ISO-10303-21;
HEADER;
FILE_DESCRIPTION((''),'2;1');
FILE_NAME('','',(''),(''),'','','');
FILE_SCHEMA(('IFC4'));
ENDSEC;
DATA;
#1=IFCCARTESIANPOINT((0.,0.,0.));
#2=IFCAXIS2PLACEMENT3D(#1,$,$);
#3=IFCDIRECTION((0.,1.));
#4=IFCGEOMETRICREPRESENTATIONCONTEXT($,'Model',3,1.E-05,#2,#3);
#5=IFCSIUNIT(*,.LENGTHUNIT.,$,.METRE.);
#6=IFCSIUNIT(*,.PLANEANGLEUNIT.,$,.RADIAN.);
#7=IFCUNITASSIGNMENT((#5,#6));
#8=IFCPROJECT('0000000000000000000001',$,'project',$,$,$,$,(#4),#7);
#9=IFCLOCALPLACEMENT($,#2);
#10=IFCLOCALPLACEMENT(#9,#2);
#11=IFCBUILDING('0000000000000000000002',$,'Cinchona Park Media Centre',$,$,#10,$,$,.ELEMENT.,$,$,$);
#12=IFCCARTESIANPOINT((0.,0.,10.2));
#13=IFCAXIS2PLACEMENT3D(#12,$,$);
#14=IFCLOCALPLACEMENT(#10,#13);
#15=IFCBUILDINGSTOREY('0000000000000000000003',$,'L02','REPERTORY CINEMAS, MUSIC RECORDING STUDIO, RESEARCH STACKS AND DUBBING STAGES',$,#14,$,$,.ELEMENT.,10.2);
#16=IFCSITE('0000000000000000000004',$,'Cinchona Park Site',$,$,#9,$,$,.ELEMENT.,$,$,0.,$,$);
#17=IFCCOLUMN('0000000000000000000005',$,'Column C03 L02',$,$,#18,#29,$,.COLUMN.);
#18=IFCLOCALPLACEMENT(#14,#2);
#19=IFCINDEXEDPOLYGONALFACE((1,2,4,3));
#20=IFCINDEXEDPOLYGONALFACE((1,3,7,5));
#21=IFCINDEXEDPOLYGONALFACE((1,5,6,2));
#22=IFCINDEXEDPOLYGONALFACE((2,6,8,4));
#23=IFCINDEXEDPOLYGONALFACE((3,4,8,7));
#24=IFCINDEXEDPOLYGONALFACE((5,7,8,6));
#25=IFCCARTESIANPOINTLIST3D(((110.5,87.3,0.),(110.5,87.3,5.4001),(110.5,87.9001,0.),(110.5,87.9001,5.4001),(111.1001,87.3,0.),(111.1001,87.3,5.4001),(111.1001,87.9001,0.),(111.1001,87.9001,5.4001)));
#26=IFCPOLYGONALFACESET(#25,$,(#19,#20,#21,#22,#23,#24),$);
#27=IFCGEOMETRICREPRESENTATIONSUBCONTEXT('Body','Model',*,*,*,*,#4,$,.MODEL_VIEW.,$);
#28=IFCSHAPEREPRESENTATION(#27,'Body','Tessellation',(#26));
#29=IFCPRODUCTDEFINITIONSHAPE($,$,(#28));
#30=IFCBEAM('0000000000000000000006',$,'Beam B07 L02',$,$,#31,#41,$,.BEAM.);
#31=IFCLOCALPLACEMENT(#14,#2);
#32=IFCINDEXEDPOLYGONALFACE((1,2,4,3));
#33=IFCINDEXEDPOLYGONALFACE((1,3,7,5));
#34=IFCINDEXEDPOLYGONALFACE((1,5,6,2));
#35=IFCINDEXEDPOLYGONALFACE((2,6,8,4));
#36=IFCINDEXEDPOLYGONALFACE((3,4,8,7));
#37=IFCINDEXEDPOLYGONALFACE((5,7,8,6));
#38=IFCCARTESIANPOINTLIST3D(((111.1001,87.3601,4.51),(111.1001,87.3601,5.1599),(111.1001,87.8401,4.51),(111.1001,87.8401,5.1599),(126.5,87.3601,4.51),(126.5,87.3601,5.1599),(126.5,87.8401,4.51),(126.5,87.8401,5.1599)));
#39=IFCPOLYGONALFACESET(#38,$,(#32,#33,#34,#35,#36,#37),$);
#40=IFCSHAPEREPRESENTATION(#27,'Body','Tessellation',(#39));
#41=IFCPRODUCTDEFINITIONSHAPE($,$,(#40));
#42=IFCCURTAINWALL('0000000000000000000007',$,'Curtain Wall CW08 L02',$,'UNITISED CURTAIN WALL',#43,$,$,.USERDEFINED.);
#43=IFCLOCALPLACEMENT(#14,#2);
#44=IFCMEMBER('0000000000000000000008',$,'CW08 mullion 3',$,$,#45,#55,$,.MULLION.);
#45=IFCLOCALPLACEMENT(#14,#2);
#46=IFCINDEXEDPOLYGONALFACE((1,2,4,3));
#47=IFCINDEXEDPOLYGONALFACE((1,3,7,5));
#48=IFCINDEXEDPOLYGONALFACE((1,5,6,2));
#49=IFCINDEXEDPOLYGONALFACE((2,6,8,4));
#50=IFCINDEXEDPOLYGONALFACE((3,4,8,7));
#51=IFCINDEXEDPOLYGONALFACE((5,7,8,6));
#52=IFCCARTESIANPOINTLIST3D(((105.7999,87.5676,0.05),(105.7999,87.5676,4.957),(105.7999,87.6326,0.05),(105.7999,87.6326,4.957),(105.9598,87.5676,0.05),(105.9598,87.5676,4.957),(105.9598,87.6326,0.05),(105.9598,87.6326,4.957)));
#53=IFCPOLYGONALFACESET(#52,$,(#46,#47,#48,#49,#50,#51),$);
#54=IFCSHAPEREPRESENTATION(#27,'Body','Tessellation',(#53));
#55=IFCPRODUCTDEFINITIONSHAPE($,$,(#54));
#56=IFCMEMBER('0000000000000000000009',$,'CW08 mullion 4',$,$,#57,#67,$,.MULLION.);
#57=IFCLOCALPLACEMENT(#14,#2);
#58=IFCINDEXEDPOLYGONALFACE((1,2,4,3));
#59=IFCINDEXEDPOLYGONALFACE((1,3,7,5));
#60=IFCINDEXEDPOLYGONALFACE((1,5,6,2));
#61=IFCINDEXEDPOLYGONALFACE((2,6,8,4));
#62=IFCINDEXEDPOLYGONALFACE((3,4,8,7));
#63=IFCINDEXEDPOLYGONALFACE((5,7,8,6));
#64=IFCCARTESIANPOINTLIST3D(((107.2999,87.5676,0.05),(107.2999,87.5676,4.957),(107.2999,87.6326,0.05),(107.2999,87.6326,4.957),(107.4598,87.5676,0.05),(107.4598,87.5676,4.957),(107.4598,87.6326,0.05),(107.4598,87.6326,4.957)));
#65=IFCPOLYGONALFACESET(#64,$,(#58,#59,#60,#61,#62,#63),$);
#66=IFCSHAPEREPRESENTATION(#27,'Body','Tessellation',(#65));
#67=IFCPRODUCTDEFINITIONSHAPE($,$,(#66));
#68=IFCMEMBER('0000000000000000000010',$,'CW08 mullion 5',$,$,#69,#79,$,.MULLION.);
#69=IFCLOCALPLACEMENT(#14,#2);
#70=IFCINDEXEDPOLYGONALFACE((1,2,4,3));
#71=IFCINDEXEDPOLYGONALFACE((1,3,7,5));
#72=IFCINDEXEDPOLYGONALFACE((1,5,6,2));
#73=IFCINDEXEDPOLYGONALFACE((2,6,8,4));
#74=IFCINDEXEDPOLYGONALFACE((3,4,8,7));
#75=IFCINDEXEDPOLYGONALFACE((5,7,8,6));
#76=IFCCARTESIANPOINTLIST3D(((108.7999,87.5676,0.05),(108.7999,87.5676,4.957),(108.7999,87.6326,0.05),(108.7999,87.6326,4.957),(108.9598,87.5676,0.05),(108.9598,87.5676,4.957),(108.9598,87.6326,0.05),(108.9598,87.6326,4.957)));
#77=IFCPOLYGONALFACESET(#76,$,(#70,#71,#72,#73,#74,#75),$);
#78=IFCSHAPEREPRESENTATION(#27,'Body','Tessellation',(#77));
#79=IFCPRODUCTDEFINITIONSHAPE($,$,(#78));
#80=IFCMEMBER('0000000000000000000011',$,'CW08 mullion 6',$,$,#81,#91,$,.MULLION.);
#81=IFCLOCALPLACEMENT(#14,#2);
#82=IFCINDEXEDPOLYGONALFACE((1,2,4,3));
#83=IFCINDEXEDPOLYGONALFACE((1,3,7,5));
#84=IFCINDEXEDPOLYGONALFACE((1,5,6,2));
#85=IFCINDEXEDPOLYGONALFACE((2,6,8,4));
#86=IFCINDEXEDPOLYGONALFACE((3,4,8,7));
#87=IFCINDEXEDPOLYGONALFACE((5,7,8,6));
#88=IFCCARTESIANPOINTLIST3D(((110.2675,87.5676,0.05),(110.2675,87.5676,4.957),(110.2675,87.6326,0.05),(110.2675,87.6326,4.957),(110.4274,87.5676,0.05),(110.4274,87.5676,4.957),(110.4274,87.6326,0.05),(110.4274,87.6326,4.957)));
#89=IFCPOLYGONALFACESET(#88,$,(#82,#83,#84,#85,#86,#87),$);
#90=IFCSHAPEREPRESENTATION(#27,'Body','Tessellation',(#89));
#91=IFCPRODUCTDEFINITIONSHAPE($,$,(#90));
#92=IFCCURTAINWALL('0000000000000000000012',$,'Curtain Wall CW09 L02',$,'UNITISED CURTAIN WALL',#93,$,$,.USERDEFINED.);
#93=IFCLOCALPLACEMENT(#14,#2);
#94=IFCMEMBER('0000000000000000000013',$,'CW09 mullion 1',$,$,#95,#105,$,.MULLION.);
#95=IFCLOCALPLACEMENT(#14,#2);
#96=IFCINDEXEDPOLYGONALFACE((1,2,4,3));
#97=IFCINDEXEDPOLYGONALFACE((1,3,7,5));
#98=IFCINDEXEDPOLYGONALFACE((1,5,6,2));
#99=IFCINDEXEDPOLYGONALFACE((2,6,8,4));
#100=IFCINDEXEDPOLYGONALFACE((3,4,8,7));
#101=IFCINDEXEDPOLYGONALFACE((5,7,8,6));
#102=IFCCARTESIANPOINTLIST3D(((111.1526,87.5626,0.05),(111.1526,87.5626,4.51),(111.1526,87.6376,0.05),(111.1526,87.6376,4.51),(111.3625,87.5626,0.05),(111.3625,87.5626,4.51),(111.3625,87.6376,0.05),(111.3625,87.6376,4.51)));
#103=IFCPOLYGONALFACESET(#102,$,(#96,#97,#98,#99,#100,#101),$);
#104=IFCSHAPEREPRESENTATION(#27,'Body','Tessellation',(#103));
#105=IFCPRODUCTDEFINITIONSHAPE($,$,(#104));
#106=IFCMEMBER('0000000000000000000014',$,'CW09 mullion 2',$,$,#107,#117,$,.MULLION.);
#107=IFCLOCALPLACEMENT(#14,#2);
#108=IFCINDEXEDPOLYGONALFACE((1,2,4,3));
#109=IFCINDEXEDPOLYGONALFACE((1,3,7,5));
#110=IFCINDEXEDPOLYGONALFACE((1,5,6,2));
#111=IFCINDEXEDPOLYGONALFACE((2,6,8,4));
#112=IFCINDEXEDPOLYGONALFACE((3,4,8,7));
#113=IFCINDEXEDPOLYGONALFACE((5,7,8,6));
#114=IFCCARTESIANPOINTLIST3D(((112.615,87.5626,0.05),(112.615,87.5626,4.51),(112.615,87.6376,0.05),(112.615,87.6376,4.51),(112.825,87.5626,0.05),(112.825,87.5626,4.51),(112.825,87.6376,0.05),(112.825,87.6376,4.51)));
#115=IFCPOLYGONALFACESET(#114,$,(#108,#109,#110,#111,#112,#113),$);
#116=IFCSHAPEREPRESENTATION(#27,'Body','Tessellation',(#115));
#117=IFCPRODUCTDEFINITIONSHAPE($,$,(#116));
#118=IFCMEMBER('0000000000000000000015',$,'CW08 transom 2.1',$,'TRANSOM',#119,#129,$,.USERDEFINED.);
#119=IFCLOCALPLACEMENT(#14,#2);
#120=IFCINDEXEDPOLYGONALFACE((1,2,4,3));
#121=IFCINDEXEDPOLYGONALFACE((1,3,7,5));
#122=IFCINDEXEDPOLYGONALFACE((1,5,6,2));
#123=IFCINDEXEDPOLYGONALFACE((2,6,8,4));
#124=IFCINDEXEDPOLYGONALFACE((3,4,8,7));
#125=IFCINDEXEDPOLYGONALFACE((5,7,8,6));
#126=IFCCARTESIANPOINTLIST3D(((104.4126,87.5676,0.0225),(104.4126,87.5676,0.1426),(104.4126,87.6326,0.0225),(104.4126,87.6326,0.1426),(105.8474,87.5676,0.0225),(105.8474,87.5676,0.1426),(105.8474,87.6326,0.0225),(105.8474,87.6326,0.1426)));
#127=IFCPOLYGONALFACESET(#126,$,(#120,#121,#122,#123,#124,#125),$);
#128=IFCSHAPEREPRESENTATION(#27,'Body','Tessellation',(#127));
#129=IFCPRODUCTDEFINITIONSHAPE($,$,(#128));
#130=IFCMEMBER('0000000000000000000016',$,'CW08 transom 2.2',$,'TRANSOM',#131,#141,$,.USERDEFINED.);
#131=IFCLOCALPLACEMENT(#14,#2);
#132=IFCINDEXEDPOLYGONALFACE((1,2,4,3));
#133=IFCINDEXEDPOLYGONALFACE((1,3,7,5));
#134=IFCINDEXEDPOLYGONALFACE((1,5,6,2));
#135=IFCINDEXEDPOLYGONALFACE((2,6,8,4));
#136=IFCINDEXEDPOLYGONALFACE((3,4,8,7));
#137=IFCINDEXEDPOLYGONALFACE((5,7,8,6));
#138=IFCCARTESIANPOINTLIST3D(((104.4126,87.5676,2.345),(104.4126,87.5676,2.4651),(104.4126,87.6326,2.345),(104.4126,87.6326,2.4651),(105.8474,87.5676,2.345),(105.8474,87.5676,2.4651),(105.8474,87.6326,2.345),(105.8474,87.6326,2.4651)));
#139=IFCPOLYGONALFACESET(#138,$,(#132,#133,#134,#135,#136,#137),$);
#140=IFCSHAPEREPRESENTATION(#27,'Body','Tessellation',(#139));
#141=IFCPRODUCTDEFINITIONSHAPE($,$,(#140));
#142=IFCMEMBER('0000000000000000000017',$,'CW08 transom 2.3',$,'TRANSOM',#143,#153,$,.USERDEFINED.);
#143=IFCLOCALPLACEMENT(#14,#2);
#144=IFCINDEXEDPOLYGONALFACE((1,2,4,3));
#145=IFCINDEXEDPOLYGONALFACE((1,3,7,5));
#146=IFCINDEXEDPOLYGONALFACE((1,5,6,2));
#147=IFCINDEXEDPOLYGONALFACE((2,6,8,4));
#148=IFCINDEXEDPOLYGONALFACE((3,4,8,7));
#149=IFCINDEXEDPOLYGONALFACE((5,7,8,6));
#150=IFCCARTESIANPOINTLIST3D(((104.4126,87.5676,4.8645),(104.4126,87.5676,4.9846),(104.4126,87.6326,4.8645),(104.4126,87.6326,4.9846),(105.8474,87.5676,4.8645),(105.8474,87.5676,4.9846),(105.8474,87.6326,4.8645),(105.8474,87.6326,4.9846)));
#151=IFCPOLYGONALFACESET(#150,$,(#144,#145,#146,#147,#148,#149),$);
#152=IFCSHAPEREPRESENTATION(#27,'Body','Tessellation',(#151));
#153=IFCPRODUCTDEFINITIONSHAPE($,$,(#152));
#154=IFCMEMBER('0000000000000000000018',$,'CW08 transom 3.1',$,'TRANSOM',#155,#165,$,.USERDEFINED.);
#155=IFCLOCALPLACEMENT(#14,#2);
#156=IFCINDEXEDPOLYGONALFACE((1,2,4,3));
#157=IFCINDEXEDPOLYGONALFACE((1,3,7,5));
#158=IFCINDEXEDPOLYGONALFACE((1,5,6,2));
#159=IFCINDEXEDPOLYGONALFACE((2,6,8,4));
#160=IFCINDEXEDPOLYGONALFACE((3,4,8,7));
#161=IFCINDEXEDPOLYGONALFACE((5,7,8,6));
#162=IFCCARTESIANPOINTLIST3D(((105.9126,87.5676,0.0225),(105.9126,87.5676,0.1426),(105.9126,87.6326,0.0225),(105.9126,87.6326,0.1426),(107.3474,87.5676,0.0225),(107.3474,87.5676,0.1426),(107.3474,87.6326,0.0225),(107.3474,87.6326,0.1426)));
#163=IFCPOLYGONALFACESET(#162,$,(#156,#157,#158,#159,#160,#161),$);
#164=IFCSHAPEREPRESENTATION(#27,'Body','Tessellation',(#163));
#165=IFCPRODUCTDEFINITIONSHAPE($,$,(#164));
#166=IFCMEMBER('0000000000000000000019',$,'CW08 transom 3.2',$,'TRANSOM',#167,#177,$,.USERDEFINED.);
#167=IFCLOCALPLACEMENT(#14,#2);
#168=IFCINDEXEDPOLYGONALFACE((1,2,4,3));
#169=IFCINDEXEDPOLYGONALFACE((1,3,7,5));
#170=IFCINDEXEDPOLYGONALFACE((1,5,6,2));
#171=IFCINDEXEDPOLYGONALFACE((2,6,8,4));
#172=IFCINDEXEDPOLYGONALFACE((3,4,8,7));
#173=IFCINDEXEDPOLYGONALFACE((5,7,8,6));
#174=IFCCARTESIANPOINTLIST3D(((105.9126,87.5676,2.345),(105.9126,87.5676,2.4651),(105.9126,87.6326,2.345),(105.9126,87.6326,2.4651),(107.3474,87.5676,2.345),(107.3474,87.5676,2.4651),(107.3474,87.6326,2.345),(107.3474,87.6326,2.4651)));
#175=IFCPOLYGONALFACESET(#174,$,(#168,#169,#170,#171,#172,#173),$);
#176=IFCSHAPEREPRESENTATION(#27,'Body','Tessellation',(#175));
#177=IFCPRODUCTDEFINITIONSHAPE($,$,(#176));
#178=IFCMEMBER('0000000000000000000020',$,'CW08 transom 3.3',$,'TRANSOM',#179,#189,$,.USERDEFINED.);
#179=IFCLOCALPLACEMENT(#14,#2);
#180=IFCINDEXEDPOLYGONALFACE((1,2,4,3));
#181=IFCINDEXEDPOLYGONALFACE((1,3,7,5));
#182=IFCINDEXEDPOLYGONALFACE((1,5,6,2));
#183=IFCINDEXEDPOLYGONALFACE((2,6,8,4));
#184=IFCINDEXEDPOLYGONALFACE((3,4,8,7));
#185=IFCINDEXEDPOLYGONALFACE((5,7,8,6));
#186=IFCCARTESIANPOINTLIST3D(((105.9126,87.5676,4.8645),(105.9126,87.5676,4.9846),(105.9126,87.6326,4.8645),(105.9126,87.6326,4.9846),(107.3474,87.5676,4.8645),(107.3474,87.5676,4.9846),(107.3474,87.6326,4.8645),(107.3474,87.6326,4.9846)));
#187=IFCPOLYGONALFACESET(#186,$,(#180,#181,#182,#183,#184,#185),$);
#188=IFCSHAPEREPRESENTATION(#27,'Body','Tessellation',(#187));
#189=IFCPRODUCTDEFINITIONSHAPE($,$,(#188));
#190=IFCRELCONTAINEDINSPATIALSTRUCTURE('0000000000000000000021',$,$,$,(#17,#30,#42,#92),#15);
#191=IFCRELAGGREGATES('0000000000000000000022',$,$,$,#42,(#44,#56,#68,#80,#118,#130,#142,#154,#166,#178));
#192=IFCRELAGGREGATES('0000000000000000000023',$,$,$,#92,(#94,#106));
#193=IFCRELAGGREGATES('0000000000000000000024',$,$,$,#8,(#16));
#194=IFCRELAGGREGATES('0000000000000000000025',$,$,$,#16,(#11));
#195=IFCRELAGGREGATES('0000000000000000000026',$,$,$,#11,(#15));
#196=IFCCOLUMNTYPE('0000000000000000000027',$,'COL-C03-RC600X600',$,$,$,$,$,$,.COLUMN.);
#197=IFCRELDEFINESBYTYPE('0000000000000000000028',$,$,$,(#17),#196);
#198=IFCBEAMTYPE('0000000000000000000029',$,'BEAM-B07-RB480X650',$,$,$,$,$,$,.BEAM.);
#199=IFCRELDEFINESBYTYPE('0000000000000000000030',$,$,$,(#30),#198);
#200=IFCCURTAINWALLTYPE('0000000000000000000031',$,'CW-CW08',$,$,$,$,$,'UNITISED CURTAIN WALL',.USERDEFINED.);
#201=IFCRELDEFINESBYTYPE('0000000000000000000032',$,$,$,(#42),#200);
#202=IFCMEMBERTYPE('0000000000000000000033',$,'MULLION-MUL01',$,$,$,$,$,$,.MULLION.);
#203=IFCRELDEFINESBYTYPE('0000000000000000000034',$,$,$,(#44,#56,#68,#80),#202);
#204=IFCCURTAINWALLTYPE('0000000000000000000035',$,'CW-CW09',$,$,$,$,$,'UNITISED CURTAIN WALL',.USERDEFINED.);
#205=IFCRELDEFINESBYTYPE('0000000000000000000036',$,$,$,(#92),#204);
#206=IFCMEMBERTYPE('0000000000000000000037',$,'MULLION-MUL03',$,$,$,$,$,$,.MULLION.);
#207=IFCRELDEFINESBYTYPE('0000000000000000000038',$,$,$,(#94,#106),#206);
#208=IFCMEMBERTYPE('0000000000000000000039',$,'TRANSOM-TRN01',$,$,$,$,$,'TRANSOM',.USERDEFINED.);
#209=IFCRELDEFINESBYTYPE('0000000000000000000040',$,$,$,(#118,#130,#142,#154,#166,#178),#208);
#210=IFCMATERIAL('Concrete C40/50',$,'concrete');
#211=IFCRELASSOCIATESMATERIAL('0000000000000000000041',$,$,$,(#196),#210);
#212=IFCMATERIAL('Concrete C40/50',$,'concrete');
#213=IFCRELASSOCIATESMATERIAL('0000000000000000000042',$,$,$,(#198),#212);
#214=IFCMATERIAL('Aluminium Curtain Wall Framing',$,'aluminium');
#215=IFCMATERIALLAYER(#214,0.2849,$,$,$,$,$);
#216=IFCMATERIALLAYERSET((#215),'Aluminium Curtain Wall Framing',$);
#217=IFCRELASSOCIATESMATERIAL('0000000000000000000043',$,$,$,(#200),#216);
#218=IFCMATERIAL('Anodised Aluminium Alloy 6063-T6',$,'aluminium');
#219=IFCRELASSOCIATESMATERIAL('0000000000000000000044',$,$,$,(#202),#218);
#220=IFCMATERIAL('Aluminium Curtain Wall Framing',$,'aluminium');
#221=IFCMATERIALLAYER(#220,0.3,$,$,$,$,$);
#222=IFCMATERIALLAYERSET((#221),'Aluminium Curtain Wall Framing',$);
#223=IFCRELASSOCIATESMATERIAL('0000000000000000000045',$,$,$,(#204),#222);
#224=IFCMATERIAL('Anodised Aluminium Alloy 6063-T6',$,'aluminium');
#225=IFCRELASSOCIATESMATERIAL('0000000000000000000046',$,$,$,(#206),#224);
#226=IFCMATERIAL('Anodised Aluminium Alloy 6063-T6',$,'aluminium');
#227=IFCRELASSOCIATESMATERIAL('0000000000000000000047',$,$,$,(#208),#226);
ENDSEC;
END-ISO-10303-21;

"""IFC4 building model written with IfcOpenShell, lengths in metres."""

from ifc_helpers import new_model, si_unit, direction, frame, origin, origin_2d, place, context, subcontext, project, spatial, rectangle, extrude, material, layer, layer_set, material_profile, profile_set, type_object, element, aggregate, save


model = new_model("IFC4")

# Units and contexts
model_context = context("Model", 3, precision=1e-05, world=origin(), true_north=direction((0.0, 1.0)))
body_context = subcontext(model_context, "Body", "Model", "MODEL_VIEW")
ifc_project = project(units=[si_unit("LENGTHUNIT", "METRE"), si_unit("PLANEANGLEUNIT", "RADIAN")], contexts=[model_context])

# Site, building, storey
site_placement = place(None, origin())
site = spatial("IfcSite", under=ifc_project, at=site_placement, Name="Cinchona Park Site", CompositionType="ELEMENT", RefElevation=0.0)
building_placement = place(site_placement, origin())
building = spatial("IfcBuilding", under=site, at=building_placement, Name="Cinchona Park Media Centre", CompositionType="ELEMENT")
storey_placement = place(building_placement, frame((0.0, 0.0, 10.2)))
storey = spatial("IfcBuildingStorey", under=building, at=storey_placement, Name="L02", Description="REPERTORY CINEMAS, MUSIC RECORDING STUDIO, RESEARCH STACKS AND DUBBING STAGES", CompositionType="ELEMENT", Elevation=10.2)

# Column
ifc_material_1 = material(Name="Concrete C40/50", Category="concrete")
ifc_material_profile_1 = material_profile(ifc_material_1, rectangle(XDim=0.6001, YDim=0.6001, at=origin_2d()), Name="RC 600X600")
ifc_profile_set_1 = profile_set([ifc_material_profile_1], Name="Concrete C40/50")
column_type = type_object("IfcColumnType", Name="COL-C03-RC600X600", PredefinedType="COLUMN", material=ifc_profile_set_1)
column_placement = place(storey_placement, frame((110.8, 87.6001, 0.0), z_axis=(0.0, 0.0, 1.0), x_axis=(1.0, 0.0, 0.0)))
element("IfcColumn", 1, at=column_placement, inside=storey, type_object=column_type, Name="Column C03 L02", PredefinedType="COLUMN", context=body_context, shape_type="SweptSolid", body=[
    extrude(rectangle(XDim=0.6001, YDim=0.6001, at=origin_2d()), origin(), (0.0, 0.0, 1.0), 5.4001),
])

# Beam
ifc_material_2 = material(Name="Concrete C40/50", Category="concrete")
ifc_material_profile_2 = material_profile(ifc_material_2, rectangle(XDim=0.48, YDim=0.6499, at=origin_2d()), Name="RB 480X650")
ifc_profile_set_2 = profile_set([ifc_material_profile_2], Name="Concrete C40/50")
beam_type = type_object("IfcBeamType", Name="BEAM-B07-RB480X650", PredefinedType="BEAM", material=ifc_profile_set_2)
beam_placement = place(storey_placement, frame((111.1001, 87.6001, 4.835), z_axis=(1.0, 0.0, 0.0), x_axis=(0.0, 1.0, 0.0)))
element("IfcBeam", 2, at=beam_placement, inside=storey, type_object=beam_type, Name="Beam B07 L02", PredefinedType="BEAM", context=body_context, shape_type="SweptSolid", body=[
    extrude(rectangle(XDim=0.48, YDim=0.6499, at=origin_2d()), origin(), (0.0, 0.0, 1.0), 15.3999),
])

# Curtain walls, members
ifc_material_3 = material(Name="Aluminium Curtain Wall Framing", Category="aluminium")
ifc_layer_1 = layer(ifc_material_3, 0.2849)
ifc_layer_set_1 = layer_set([ifc_layer_1], Name="Aluminium Curtain Wall Framing")
curtain_wall_type_1 = type_object("IfcCurtainWallType", Name="CW-CW08", ElementType="UNITISED CURTAIN WALL", PredefinedType="USERDEFINED", material=ifc_layer_set_1)
curtain_wall_1_placement = place(storey_placement, origin())
curtain_wall_1 = element("IfcCurtainWall", 3, at=curtain_wall_1_placement, inside=storey, type_object=curtain_wall_type_1, Name="Curtain Wall CW08 L02", ObjectType="UNITISED CURTAIN WALL", PredefinedType="USERDEFINED")
ifc_material_4 = material(Name="Anodised Aluminium Alloy 6063-T6", Category="aluminium")
ifc_material_profile_3 = material_profile(ifc_material_4, rectangle(XDim=0.0649, YDim=0.1599, at=origin_2d()), Name="MUL-65X160")
ifc_profile_set_3 = profile_set([ifc_material_profile_3], Name="Anodised Aluminium Alloy 6063-T6")
member_type_1 = type_object("IfcMemberType", Name="MULLION-MUL01", PredefinedType="MULLION", material=ifc_profile_set_3)
member_1_placement = place(storey_placement, frame((105.8799, 87.6001, 0.05), z_axis=(0.0, 0.0, 1.0), x_axis=(0.0, 1.0, 0.0)))
member_1 = element("IfcMember", 4, at=member_1_placement, type_object=member_type_1, Name="CW08 mullion 3", PredefinedType="MULLION", context=body_context, shape_type="SweptSolid", body=[
    extrude(rectangle(XDim=0.0649, YDim=0.1599, at=origin_2d()), origin(), (0.0, 0.0, 1.0), 4.907),
])
member_2_placement = place(storey_placement, frame((107.3799, 87.6001, 0.05), z_axis=(0.0, 0.0, 1.0), x_axis=(0.0, 1.0, 0.0)))
member_2 = element("IfcMember", 5, at=member_2_placement, type_object=member_type_1, Name="CW08 mullion 4", PredefinedType="MULLION", context=body_context, shape_type="SweptSolid", body=[
    extrude(rectangle(XDim=0.0649, YDim=0.1599, at=origin_2d()), origin(), (0.0, 0.0, 1.0), 4.907),
])
member_3_placement = place(storey_placement, frame((108.8799, 87.6001, 0.05), z_axis=(0.0, 0.0, 1.0), x_axis=(0.0, 1.0, 0.0)))
member_3 = element("IfcMember", 6, at=member_3_placement, type_object=member_type_1, Name="CW08 mullion 5", PredefinedType="MULLION", context=body_context, shape_type="SweptSolid", body=[
    extrude(rectangle(XDim=0.0649, YDim=0.1599, at=origin_2d()), origin(), (0.0, 0.0, 1.0), 4.907),
])
member_4_placement = place(storey_placement, frame((110.3474, 87.6001, 0.05), z_axis=(0.0, 0.0, 1.0), x_axis=(0.0, 1.0, 0.0)))
member_4 = element("IfcMember", 7, at=member_4_placement, type_object=member_type_1, Name="CW08 mullion 6", PredefinedType="MULLION", context=body_context, shape_type="SweptSolid", body=[
    extrude(rectangle(XDim=0.0649, YDim=0.1599, at=origin_2d()), origin(), (0.0, 0.0, 1.0), 4.907),
])
ifc_material_5 = material(Name="Aluminium Curtain Wall Framing", Category="aluminium")
ifc_layer_2 = layer(ifc_material_5, 0.3)
ifc_layer_set_2 = layer_set([ifc_layer_2], Name="Aluminium Curtain Wall Framing")
curtain_wall_type_2 = type_object("IfcCurtainWallType", Name="CW-CW09", ElementType="UNITISED CURTAIN WALL", PredefinedType="USERDEFINED", material=ifc_layer_set_2)
curtain_wall_2_placement = place(storey_placement, origin())
curtain_wall_2 = element("IfcCurtainWall", 8, at=curtain_wall_2_placement, inside=storey, type_object=curtain_wall_type_2, Name="Curtain Wall CW09 L02", ObjectType="UNITISED CURTAIN WALL", PredefinedType="USERDEFINED")
ifc_material_6 = material(Name="Anodised Aluminium Alloy 6063-T6", Category="aluminium")
ifc_material_profile_4 = material_profile(ifc_material_6, rectangle(XDim=0.075, YDim=0.21, at=origin_2d()), Name="MUL-75X210")
ifc_profile_set_4 = profile_set([ifc_material_profile_4], Name="Anodised Aluminium Alloy 6063-T6")
member_type_2 = type_object("IfcMemberType", Name="MULLION-MUL03", PredefinedType="MULLION", material=ifc_profile_set_4)
member_5_placement = place(storey_placement, frame((111.2576, 87.6001, 0.05), z_axis=(0.0, 0.0, 1.0), x_axis=(0.0, 1.0, 0.0)))
member_5 = element("IfcMember", 9, at=member_5_placement, type_object=member_type_2, Name="CW09 mullion 1", PredefinedType="MULLION", context=body_context, shape_type="SweptSolid", body=[
    extrude(rectangle(XDim=0.075, YDim=0.21, at=origin_2d()), origin(), (0.0, 0.0, 1.0), 4.46),
])
member_6_placement = place(storey_placement, frame((112.72, 87.6001, 0.05), z_axis=(0.0, 0.0, 1.0), x_axis=(0.0, 1.0, 0.0)))
member_6 = element("IfcMember", 10, at=member_6_placement, type_object=member_type_2, Name="CW09 mullion 2", PredefinedType="MULLION", context=body_context, shape_type="SweptSolid", body=[
    extrude(rectangle(XDim=0.075, YDim=0.21, at=origin_2d()), origin(), (0.0, 0.0, 1.0), 4.46),
])

# Members
ifc_material_7 = material(Name="Anodised Aluminium Alloy 6063-T6", Category="aluminium")
ifc_material_profile_5 = material_profile(ifc_material_7, rectangle(XDim=0.0649, YDim=0.1201, at=origin_2d()), Name="TRN-65X120")
ifc_profile_set_5 = profile_set([ifc_material_profile_5], Name="Anodised Aluminium Alloy 6063-T6")
member_type_3 = type_object("IfcMemberType", Name="TRANSOM-TRN01", ElementType="TRANSOM", PredefinedType="USERDEFINED", material=ifc_profile_set_5)
member_7_placement = place(storey_placement, frame((104.4126, 87.6001, 0.0825), z_axis=(1.0, 0.0, 0.0), x_axis=(0.0, 1.0, 0.0)))
member_7 = element("IfcMember", 11, at=member_7_placement, type_object=member_type_3, Name="CW08 transom 2.1", ObjectType="TRANSOM", PredefinedType="USERDEFINED", context=body_context, shape_type="SweptSolid", body=[
    extrude(rectangle(XDim=0.0649, YDim=0.1201, at=origin_2d()), origin(), (0.0, 0.0, 1.0), 1.4348),
])
member_8_placement = place(storey_placement, frame((104.4126, 87.6001, 2.405), z_axis=(1.0, 0.0, 0.0), x_axis=(0.0, 1.0, 0.0)))
member_8 = element("IfcMember", 12, at=member_8_placement, type_object=member_type_3, Name="CW08 transom 2.2", ObjectType="TRANSOM", PredefinedType="USERDEFINED", context=body_context, shape_type="SweptSolid", body=[
    extrude(rectangle(XDim=0.0649, YDim=0.1201, at=origin_2d()), origin(), (0.0, 0.0, 1.0), 1.4348),
])
member_9_placement = place(storey_placement, frame((104.4126, 87.6001, 4.9246), z_axis=(1.0, 0.0, 0.0), x_axis=(0.0, 1.0, 0.0)))
member_9 = element("IfcMember", 13, at=member_9_placement, type_object=member_type_3, Name="CW08 transom 2.3", ObjectType="TRANSOM", PredefinedType="USERDEFINED", context=body_context, shape_type="SweptSolid", body=[
    extrude(rectangle(XDim=0.0649, YDim=0.1201, at=origin_2d()), origin(), (0.0, 0.0, 1.0), 1.4348),
])
member_10_placement = place(storey_placement, frame((105.9126, 87.6001, 0.0825), z_axis=(1.0, 0.0, 0.0), x_axis=(0.0, 1.0, 0.0)))
member_10 = element("IfcMember", 14, at=member_10_placement, type_object=member_type_3, Name="CW08 transom 3.1", ObjectType="TRANSOM", PredefinedType="USERDEFINED", context=body_context, shape_type="SweptSolid", body=[
    extrude(rectangle(XDim=0.0649, YDim=0.1201, at=origin_2d()), origin(), (0.0, 0.0, 1.0), 1.4348),
])
member_11_placement = place(storey_placement, frame((105.9126, 87.6001, 2.405), z_axis=(1.0, 0.0, 0.0), x_axis=(0.0, 1.0, 0.0)))
member_11 = element("IfcMember", 15, at=member_11_placement, type_object=member_type_3, Name="CW08 transom 3.2", ObjectType="TRANSOM", PredefinedType="USERDEFINED", context=body_context, shape_type="SweptSolid", body=[
    extrude(rectangle(XDim=0.0649, YDim=0.1201, at=origin_2d()), origin(), (0.0, 0.0, 1.0), 1.4348),
])
member_12_placement = place(storey_placement, frame((105.9126, 87.6001, 4.9246), z_axis=(1.0, 0.0, 0.0), x_axis=(0.0, 1.0, 0.0)))
member_12 = element("IfcMember", 16, at=member_12_placement, type_object=member_type_3, Name="CW08 transom 3.3", ObjectType="TRANSOM", PredefinedType="USERDEFINED", context=body_context, shape_type="SweptSolid", body=[
    extrude(rectangle(XDim=0.0649, YDim=0.1201, at=origin_2d()), origin(), (0.0, 0.0, 1.0), 1.4348),
])

aggregate(curtain_wall_1, [member_1, member_2, member_3, member_4, member_7, member_8, member_9, member_10, member_11, member_12])
aggregate(curtain_wall_2, [member_5, member_6])

save(model, "model.ifc")
